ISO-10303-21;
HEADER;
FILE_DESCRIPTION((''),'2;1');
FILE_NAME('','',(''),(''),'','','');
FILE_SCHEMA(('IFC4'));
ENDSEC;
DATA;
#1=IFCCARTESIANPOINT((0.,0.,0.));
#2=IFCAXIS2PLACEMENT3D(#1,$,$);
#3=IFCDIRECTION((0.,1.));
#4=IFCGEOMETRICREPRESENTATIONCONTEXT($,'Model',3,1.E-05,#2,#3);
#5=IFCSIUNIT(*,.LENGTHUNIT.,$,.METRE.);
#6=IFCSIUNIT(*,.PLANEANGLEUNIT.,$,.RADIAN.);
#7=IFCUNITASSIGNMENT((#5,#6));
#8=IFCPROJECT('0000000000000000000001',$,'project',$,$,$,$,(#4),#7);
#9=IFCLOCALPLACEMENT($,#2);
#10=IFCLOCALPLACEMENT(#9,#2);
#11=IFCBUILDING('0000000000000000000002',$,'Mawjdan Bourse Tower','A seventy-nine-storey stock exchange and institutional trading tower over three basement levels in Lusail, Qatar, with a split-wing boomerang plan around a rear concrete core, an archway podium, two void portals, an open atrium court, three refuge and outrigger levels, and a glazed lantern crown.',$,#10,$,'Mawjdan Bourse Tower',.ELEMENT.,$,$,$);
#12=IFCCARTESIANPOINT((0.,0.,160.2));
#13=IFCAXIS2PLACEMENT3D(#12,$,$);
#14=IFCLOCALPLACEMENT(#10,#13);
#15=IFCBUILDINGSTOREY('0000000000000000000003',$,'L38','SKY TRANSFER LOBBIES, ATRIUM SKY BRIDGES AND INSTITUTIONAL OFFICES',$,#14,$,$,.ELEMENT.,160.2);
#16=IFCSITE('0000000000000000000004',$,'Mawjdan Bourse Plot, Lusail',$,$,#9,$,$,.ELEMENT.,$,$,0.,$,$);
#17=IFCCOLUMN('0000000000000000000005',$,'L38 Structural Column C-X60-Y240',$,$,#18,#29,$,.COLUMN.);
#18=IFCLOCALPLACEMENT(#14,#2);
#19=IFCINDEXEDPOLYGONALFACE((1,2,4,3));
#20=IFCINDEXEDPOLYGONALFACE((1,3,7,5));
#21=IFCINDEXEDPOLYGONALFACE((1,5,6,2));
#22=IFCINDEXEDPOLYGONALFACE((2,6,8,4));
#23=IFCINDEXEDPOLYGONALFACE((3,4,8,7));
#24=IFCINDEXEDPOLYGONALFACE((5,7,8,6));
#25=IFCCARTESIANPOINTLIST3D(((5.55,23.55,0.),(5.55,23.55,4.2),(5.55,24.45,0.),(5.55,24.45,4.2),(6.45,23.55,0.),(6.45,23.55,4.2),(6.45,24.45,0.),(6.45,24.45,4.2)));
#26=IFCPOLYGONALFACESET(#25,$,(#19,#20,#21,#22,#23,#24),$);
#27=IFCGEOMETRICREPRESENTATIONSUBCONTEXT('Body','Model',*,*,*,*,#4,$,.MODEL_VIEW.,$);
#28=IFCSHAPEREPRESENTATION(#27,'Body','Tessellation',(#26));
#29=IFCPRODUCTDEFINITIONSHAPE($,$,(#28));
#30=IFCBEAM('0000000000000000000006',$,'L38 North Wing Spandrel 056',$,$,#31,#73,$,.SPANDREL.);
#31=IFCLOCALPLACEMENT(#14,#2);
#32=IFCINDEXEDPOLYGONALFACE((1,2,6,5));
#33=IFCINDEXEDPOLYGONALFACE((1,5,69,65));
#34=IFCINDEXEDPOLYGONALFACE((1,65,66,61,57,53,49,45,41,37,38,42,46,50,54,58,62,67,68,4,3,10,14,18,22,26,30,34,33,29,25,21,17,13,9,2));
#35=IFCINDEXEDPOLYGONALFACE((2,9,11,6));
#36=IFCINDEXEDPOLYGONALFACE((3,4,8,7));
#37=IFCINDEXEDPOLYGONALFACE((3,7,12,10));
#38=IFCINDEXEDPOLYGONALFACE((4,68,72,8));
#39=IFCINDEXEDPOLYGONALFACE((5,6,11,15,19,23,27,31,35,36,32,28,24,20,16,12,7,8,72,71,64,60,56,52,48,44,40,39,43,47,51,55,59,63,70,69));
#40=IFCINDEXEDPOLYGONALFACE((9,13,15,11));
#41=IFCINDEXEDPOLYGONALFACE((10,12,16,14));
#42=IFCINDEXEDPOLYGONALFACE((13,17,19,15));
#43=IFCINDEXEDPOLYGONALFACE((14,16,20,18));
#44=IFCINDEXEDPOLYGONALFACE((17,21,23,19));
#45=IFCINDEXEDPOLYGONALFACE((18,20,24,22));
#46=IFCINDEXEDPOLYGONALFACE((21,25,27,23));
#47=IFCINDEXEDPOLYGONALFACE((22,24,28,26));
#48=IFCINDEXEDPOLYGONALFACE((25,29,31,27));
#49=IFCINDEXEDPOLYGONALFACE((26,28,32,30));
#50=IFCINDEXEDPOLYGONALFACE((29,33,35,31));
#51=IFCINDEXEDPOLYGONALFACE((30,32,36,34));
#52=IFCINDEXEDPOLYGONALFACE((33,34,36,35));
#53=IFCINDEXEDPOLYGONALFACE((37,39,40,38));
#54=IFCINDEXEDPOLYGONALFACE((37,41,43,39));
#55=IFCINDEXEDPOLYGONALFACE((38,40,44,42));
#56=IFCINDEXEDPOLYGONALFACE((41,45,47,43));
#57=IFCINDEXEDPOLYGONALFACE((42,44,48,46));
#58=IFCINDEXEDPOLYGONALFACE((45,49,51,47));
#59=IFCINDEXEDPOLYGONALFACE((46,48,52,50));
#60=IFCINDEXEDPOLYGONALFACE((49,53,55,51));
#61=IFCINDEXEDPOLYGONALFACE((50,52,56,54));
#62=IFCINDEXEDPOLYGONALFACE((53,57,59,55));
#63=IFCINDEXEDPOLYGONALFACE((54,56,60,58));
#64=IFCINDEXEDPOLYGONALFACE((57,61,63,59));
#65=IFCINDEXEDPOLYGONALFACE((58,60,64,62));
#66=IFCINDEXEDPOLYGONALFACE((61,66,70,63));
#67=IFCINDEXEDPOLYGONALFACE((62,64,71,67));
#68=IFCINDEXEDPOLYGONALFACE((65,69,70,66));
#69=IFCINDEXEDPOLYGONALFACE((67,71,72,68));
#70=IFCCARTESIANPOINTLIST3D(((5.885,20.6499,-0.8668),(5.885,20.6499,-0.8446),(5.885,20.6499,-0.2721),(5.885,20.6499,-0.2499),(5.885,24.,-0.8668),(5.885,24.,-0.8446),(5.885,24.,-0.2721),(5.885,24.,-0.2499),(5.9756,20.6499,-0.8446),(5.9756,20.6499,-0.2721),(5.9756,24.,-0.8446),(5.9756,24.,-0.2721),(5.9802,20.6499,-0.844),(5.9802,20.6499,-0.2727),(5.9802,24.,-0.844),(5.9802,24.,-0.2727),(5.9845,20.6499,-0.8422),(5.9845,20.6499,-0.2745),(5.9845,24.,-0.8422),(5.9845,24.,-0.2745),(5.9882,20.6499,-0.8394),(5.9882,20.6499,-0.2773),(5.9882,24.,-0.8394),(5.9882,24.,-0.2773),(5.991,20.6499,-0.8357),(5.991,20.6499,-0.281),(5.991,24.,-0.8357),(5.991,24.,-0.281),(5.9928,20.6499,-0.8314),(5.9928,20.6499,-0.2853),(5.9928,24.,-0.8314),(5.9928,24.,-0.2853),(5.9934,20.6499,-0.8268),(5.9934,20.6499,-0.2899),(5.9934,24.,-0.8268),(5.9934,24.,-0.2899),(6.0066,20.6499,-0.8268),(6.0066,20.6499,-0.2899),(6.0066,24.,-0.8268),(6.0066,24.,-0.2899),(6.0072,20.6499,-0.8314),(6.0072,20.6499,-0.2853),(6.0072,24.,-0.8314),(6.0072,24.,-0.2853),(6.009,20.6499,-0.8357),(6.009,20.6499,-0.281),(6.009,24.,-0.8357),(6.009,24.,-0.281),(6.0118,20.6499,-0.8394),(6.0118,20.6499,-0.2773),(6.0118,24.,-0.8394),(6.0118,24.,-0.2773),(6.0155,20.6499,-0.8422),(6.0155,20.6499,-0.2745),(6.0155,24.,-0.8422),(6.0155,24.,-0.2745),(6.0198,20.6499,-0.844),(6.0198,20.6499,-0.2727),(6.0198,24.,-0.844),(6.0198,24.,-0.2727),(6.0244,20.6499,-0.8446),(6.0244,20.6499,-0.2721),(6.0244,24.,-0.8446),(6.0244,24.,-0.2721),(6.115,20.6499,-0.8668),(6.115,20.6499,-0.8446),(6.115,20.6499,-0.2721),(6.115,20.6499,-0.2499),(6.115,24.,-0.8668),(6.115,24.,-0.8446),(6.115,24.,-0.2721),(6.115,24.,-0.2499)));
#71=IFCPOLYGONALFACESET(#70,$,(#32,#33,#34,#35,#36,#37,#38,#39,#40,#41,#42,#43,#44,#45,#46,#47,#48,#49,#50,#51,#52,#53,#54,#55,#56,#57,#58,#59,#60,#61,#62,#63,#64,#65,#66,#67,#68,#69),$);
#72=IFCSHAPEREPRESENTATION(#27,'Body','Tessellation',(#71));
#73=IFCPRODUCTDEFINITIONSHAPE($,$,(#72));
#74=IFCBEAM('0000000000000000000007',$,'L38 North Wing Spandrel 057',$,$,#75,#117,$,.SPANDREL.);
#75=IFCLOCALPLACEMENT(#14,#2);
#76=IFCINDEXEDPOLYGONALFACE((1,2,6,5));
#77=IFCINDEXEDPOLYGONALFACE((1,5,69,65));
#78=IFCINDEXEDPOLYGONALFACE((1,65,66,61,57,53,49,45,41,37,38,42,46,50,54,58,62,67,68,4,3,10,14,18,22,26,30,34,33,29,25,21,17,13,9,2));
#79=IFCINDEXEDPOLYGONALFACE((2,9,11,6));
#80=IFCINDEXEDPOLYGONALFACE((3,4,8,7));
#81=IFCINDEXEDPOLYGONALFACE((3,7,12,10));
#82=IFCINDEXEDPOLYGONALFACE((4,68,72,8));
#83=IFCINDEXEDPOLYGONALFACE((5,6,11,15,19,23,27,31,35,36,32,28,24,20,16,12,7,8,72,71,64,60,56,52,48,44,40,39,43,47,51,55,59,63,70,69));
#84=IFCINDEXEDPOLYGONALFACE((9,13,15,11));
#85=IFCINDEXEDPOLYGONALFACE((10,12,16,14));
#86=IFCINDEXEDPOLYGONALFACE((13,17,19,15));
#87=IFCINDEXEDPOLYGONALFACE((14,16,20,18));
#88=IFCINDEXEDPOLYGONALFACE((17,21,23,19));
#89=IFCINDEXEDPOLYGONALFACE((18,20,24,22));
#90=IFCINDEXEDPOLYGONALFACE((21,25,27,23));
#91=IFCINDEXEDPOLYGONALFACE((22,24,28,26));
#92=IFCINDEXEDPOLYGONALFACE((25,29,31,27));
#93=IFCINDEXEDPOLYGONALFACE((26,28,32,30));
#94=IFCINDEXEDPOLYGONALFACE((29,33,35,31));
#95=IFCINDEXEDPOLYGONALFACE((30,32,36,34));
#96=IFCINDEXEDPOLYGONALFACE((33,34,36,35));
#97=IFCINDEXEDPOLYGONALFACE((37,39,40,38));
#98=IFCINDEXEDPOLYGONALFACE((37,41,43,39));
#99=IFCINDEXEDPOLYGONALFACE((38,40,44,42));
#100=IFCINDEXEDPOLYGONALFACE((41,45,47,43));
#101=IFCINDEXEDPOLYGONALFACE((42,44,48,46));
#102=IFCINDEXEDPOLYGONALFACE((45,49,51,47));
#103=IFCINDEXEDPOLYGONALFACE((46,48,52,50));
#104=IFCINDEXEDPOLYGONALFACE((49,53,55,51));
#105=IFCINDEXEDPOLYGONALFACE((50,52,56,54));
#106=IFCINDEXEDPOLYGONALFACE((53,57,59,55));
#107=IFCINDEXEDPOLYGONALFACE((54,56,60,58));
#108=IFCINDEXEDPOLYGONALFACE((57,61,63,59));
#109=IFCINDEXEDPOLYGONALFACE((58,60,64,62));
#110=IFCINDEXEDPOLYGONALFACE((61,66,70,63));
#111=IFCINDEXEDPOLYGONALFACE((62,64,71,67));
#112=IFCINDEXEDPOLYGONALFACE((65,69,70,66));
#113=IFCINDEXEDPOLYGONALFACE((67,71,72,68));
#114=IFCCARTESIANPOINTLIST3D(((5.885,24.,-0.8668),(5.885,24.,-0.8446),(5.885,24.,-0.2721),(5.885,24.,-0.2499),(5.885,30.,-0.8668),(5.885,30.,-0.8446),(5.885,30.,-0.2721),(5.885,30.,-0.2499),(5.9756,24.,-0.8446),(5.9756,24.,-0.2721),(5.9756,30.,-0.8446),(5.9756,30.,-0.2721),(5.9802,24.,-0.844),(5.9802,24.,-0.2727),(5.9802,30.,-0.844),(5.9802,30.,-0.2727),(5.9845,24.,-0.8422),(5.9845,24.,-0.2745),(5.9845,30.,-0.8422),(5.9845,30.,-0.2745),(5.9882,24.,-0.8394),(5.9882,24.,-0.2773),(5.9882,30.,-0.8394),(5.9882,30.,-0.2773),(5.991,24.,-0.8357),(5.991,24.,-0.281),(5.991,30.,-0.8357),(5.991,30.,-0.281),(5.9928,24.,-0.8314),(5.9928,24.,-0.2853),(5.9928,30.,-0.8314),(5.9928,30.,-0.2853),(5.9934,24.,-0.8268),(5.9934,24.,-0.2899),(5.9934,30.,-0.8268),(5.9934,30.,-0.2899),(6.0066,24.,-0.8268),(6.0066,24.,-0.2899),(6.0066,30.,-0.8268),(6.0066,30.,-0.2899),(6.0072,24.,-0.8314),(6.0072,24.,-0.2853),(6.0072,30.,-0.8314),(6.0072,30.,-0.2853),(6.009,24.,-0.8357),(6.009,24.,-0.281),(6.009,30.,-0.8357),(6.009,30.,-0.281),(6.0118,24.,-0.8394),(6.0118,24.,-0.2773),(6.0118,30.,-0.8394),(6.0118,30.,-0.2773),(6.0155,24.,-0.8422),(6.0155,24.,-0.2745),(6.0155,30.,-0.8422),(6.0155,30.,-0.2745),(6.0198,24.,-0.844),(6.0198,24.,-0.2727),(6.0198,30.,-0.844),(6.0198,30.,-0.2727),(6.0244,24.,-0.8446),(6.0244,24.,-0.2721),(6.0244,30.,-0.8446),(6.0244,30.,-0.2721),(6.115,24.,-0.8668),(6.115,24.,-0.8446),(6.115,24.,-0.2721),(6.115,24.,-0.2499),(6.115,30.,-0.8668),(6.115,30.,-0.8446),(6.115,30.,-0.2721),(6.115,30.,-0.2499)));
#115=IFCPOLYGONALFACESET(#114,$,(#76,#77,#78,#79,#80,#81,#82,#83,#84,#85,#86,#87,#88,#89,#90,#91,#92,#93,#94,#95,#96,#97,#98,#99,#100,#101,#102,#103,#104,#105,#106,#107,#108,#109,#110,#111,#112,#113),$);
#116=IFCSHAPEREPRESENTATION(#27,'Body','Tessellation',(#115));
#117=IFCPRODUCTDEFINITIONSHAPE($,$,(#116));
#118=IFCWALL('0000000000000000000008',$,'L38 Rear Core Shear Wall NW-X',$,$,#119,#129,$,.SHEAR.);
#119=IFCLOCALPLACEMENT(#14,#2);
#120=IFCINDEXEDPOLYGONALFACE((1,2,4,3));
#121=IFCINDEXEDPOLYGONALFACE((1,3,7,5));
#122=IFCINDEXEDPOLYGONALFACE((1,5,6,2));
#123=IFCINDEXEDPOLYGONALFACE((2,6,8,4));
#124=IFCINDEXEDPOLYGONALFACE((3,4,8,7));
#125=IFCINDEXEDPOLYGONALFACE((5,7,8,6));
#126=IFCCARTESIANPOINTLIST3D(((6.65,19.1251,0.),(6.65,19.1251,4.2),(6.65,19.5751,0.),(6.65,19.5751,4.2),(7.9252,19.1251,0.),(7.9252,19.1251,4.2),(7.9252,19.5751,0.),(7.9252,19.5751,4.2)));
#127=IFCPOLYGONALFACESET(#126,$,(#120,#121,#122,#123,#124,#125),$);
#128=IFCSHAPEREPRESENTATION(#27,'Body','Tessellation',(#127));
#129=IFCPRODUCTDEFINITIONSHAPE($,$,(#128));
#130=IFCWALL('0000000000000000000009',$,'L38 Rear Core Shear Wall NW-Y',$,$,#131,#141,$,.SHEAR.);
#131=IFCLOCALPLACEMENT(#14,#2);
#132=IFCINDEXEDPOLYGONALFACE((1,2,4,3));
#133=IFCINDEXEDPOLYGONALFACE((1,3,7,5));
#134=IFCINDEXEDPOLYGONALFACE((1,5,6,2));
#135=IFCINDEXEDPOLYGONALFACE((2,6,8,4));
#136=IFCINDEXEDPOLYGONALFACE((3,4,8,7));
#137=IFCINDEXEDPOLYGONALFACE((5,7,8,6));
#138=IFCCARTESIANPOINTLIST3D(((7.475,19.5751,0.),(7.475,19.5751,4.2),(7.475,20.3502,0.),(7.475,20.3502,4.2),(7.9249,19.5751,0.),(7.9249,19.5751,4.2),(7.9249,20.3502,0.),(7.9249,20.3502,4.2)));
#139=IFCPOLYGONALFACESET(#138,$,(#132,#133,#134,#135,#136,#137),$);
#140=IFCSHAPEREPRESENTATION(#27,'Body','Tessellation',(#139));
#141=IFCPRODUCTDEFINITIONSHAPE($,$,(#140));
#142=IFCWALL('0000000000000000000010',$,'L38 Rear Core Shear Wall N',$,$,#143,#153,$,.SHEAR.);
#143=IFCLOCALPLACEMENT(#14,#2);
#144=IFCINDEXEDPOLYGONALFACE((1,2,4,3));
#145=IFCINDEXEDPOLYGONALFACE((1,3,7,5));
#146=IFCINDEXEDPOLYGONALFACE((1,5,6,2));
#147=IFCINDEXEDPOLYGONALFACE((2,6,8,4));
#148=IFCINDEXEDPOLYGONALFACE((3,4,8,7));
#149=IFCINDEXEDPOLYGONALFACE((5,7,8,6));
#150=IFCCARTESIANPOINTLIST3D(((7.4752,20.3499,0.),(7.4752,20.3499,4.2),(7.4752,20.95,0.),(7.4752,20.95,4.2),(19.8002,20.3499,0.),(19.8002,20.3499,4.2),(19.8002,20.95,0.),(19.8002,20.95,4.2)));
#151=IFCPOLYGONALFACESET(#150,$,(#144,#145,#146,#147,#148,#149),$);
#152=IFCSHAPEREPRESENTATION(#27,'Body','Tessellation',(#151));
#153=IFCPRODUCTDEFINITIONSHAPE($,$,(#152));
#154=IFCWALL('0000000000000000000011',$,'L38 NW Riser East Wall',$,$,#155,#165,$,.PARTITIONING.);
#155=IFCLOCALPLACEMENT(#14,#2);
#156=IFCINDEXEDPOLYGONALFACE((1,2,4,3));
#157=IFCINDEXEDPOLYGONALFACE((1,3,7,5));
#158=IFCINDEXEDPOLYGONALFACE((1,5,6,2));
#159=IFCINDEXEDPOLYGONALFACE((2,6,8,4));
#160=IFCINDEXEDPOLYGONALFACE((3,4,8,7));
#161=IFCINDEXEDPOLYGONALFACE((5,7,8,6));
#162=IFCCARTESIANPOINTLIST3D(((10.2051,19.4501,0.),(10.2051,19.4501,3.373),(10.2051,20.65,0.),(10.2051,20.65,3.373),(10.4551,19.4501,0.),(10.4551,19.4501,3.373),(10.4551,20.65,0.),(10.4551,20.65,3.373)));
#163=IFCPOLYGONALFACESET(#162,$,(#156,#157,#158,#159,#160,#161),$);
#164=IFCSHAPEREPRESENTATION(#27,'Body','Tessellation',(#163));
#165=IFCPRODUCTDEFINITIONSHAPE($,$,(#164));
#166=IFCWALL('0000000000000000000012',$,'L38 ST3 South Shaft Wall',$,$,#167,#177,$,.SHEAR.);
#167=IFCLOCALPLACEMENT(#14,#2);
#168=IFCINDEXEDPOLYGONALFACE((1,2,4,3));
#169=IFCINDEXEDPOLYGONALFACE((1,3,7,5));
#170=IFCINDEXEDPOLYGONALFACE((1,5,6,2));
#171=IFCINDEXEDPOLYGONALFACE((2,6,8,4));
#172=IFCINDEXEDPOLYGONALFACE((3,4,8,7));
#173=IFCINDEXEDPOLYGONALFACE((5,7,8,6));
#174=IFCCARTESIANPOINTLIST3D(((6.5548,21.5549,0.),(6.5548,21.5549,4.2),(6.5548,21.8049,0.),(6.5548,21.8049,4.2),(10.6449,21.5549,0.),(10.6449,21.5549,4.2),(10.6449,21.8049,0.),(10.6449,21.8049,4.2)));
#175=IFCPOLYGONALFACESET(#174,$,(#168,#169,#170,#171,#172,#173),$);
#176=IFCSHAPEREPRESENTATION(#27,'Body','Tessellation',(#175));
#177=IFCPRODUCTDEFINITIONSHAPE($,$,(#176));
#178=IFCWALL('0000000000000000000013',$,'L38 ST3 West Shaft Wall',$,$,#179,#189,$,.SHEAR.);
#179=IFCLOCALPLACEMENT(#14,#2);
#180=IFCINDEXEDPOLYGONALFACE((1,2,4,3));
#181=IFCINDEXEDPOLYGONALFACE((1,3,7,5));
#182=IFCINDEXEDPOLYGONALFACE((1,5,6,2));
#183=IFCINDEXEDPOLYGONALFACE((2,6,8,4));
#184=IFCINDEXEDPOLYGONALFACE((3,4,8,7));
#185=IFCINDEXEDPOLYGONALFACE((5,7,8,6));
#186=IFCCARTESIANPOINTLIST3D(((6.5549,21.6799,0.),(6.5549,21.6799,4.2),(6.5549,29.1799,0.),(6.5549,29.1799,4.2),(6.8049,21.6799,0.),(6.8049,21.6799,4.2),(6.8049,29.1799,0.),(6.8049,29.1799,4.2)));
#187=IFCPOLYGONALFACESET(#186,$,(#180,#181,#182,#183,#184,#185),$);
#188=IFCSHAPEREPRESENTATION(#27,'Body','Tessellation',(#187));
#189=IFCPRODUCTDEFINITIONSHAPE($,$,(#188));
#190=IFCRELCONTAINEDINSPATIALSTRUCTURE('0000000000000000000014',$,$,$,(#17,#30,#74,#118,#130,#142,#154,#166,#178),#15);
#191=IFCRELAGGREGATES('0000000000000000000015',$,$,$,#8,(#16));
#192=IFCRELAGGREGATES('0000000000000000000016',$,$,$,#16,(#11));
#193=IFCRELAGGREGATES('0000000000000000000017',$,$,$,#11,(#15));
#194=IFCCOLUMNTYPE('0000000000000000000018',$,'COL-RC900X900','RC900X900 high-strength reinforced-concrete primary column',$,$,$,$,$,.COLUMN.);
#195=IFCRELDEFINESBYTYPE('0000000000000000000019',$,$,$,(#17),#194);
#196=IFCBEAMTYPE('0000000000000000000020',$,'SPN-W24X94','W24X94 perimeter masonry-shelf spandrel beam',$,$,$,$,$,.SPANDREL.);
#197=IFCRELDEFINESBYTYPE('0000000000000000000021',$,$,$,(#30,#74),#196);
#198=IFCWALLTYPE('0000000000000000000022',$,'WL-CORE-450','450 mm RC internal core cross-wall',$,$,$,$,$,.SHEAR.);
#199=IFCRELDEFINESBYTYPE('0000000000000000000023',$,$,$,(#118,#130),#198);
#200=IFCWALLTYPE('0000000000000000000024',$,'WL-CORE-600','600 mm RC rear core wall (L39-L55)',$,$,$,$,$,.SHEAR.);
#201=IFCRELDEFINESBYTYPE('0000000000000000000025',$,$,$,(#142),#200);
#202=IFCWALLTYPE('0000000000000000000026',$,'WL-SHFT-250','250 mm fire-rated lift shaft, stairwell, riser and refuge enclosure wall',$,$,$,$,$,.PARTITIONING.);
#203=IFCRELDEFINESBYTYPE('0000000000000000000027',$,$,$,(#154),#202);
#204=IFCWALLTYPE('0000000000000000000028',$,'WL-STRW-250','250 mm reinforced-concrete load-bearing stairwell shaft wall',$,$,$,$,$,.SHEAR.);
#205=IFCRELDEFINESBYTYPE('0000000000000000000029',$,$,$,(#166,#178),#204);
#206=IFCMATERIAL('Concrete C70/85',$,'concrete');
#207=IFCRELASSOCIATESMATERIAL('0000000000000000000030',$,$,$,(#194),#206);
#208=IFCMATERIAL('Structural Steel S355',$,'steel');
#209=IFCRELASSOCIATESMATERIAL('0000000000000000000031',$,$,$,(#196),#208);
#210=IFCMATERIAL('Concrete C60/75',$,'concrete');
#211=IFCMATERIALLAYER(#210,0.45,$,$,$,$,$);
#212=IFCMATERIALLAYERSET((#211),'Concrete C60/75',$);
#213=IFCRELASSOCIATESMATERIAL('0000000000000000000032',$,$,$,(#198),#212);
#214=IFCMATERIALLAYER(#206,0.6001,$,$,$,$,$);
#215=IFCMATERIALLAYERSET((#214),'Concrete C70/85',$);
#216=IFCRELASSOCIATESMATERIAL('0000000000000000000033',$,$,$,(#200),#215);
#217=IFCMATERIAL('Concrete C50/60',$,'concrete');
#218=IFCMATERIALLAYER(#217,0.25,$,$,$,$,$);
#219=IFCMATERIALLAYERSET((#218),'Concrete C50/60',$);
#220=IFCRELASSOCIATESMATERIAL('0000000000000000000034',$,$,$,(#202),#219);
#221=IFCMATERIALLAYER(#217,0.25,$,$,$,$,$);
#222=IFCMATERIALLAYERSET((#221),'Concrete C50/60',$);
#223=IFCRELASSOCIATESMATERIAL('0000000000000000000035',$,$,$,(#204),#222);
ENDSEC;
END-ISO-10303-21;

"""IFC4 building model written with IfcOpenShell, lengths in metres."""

from ifc_helpers import new_model, si_unit, direction, frame, frame_2d, origin, origin_2d, place, context, subcontext, project, spatial, rectangle, i_section, extrude, material, layer, layer_set, material_profile, profile_set, type_object, element, save


model = new_model("IFC4")

# Units and contexts
model_context = context("Model", 3, precision=1e-05, world=origin(), true_north=direction((0.0, 1.0)))
body_context = subcontext(model_context, "Body", "Model", "MODEL_VIEW")
ifc_project = project(units=[si_unit("LENGTHUNIT", "METRE"), si_unit("PLANEANGLEUNIT", "RADIAN")], contexts=[model_context])

# Site, building, storey
site_placement = place(None, origin())
site = spatial("IfcSite", under=ifc_project, at=site_placement, Name="Mawjdan Bourse Plot, Lusail", CompositionType="ELEMENT", RefElevation=0.0)
building_placement = place(site_placement, origin())
building = spatial("IfcBuilding", under=site, at=building_placement, Name="Mawjdan Bourse Tower", Description="A seventy-nine-storey stock exchange and institutional trading tower over three basement levels in Lusail, Qatar, with a split-wing boomerang plan around a rear concrete core, an archway podium, two void portals, an open atrium court, three refuge and outrigger levels, and a glazed lantern crown.", LongName="Mawjdan Bourse Tower", CompositionType="ELEMENT")
storey_placement = place(building_placement, frame((0.0, 0.0, 160.2)))
storey = spatial("IfcBuildingStorey", under=building, at=storey_placement, Name="L38", Description="SKY TRANSFER LOBBIES, ATRIUM SKY BRIDGES AND INSTITUTIONAL OFFICES", CompositionType="ELEMENT", Elevation=160.2)

# Column
ifc_material_1 = material(Name="Concrete C70/85", Category="concrete")
ifc_material_profile_1 = material_profile(ifc_material_1, rectangle(XDim=0.8999, YDim=0.8999, at=origin_2d()), Name="RC900X900")
ifc_profile_set_1 = profile_set([ifc_material_profile_1], Name="Concrete C70/85")
column_type = type_object("IfcColumnType", Name="COL-RC900X900", Description="RC900X900 high-strength reinforced-concrete primary column", PredefinedType="COLUMN", material=ifc_profile_set_1)
column_placement = place(storey_placement, frame((6.0, 24.0, 0.0), z_axis=(0.0, 0.0, 1.0), x_axis=(1.0, 0.0, 0.0)))
element("IfcColumn", 1, at=column_placement, inside=storey, type_object=column_type, Name="L38 Structural Column C-X60-Y240", PredefinedType="COLUMN", context=body_context, shape_type="SweptSolid", body=[
    extrude(rectangle(XDim=0.8999, YDim=0.8999, at=origin_2d()), origin(), (0.0, 0.0, 1.0), 4.2),
])

# Beams
ifc_material_2 = material(Name="Structural Steel S355", Category="steel")
ifc_material_profile_2 = material_profile(ifc_material_2, i_section(OverallWidth=0.23, OverallDepth=0.6169, WebThickness=0.0132, FlangeThickness=0.0222, FilletRadius=0.0178, at=origin_2d()), Name="W24X94")
ifc_profile_set_2 = profile_set([ifc_material_profile_2], Name="Structural Steel S355")
beam_type = type_object("IfcBeamType", Name="SPN-W24X94", Description="W24X94 perimeter masonry-shelf spandrel beam", PredefinedType="SPANDREL", material=ifc_profile_set_2)
beam_1_placement = place(storey_placement, frame((6.0, 20.6499, -0.5583), z_axis=(0.0, 1.0, 0.0), x_axis=(-1.0, 0.0, 0.0)))
element("IfcBeam", 2, at=beam_1_placement, inside=storey, type_object=beam_type, Name="L38 North Wing Spandrel 056", PredefinedType="SPANDREL", context=body_context, shape_type="SweptSolid", body=[
    extrude(i_section(OverallWidth=0.23, OverallDepth=0.6169, WebThickness=0.0132, FlangeThickness=0.0222, FilletRadius=0.0178, at=origin_2d()), origin(), (0.0, 0.0, 1.0), 3.3501),
])
beam_2_placement = place(storey_placement, frame((6.0, 24.0, -0.5583), z_axis=(0.0, 1.0, 0.0), x_axis=(-1.0, 0.0, 0.0)))
element("IfcBeam", 3, at=beam_2_placement, inside=storey, type_object=beam_type, Name="L38 North Wing Spandrel 057", PredefinedType="SPANDREL", context=body_context, shape_type="SweptSolid", body=[
    extrude(i_section(OverallWidth=0.23, OverallDepth=0.6169, WebThickness=0.0132, FlangeThickness=0.0222, FilletRadius=0.0178, at=origin_2d()), origin(), (0.0, 0.0, 1.0), 6.0),
])

# Walls
ifc_material_3 = material(Name="Concrete C60/75", Category="concrete")
ifc_layer_1 = layer(ifc_material_3, 0.45)
ifc_layer_set_1 = layer_set([ifc_layer_1], Name="Concrete C60/75")
wall_type_1 = type_object("IfcWallType", Name="WL-CORE-450", Description="450 mm RC internal core cross-wall", PredefinedType="SHEAR", material=ifc_layer_set_1)
wall_1_placement = place(storey_placement, frame((6.6499, 19.3501, 0.0), z_axis=(0.0, 0.0, 1.0), x_axis=(1.0, 0.0, 0.0)))
element("IfcWall", 4, at=wall_1_placement, inside=storey, type_object=wall_type_1, Name="L38 Rear Core Shear Wall NW-X", PredefinedType="SHEAR", context=body_context, shape_type="SweptSolid", body=[
    extrude(rectangle(XDim=1.2751, YDim=0.45, at=frame_2d((0.6377, 0.0))), origin(), (0.0, 0.0, 1.0), 4.2),
])
wall_2_placement = place(storey_placement, frame((7.7, 19.575, 0.0), z_axis=(0.0, 0.0, 1.0), x_axis=(0.0, 1.0, 0.0)))
element("IfcWall", 5, at=wall_2_placement, inside=storey, type_object=wall_type_1, Name="L38 Rear Core Shear Wall NW-Y", PredefinedType="SHEAR", context=body_context, shape_type="SweptSolid", body=[
    extrude(rectangle(XDim=0.7751, YDim=0.45, at=frame_2d((0.3877, 0.0))), origin(), (0.0, 0.0, 1.0), 4.2),
])
ifc_layer_2 = layer(ifc_material_1, 0.6001)
ifc_layer_set_2 = layer_set([ifc_layer_2], Name="Concrete C70/85")
wall_type_2 = type_object("IfcWallType", Name="WL-CORE-600", Description="600 mm RC rear core wall (L39-L55)", PredefinedType="SHEAR", material=ifc_layer_set_2)
wall_3_placement = place(storey_placement, frame((7.4751, 20.6499, 0.0), z_axis=(0.0, 0.0, 1.0), x_axis=(1.0, 0.0, 0.0)))
element("IfcWall", 6, at=wall_3_placement, inside=storey, type_object=wall_type_2, Name="L38 Rear Core Shear Wall N", PredefinedType="SHEAR", context=body_context, shape_type="SweptSolid", body=[
    extrude(rectangle(XDim=12.325, YDim=0.6001, at=frame_2d((6.1626, 0.0))), origin(), (0.0, 0.0, 1.0), 4.2),
])
ifc_material_4 = material(Name="Concrete C50/60", Category="concrete")
ifc_layer_3 = layer(ifc_material_4, 0.25)
ifc_layer_set_3 = layer_set([ifc_layer_3], Name="Concrete C50/60")
wall_type_3 = type_object("IfcWallType", Name="WL-SHFT-250", Description="250 mm fire-rated lift shaft, stairwell, riser and refuge enclosure wall", PredefinedType="PARTITIONING", material=ifc_layer_set_3)
wall_4_placement = place(storey_placement, frame((10.3301, 19.45, 0.0), z_axis=(0.0, 0.0, 1.0), x_axis=(0.0, 1.0, 0.0)))
element("IfcWall", 7, at=wall_4_placement, inside=storey, type_object=wall_type_3, Name="L38 NW Riser East Wall", PredefinedType="PARTITIONING", context=body_context, shape_type="SweptSolid", body=[
    extrude(rectangle(XDim=1.2, YDim=0.25, at=frame_2d((0.6001, 0.0))), origin(), (0.0, 0.0, 1.0), 3.373),
])
ifc_layer_4 = layer(ifc_material_4, 0.25)
ifc_layer_set_4 = layer_set([ifc_layer_4], Name="Concrete C50/60")
wall_type_4 = type_object("IfcWallType", Name="WL-STRW-250", Description="250 mm reinforced-concrete load-bearing stairwell shaft wall", PredefinedType="SHEAR", material=ifc_layer_set_4)
wall_5_placement = place(storey_placement, frame((6.5549, 21.6799, 0.0), z_axis=(0.0, 0.0, 1.0), x_axis=(1.0, 0.0, 0.0)))
element("IfcWall", 8, at=wall_5_placement, inside=storey, type_object=wall_type_4, Name="L38 ST3 South Shaft Wall", PredefinedType="SHEAR", context=body_context, shape_type="SweptSolid", body=[
    extrude(rectangle(XDim=4.0901, YDim=0.25, at=frame_2d((2.0449, 0.0))), origin(), (0.0, 0.0, 1.0), 4.2),
])
wall_6_placement = place(storey_placement, frame((6.6799, 21.6799, 0.0), z_axis=(0.0, 0.0, 1.0), x_axis=(0.0, 1.0, 0.0)))
element("IfcWall", 9, at=wall_6_placement, inside=storey, type_object=wall_type_4, Name="L38 ST3 West Shaft Wall", PredefinedType="SHEAR", context=body_context, shape_type="SweptSolid", body=[
    extrude(rectangle(XDim=7.5, YDim=0.25, at=frame_2d((3.75, 0.0))), origin(), (0.0, 0.0, 1.0), 4.2),
])

save(model, "model.ifc")
